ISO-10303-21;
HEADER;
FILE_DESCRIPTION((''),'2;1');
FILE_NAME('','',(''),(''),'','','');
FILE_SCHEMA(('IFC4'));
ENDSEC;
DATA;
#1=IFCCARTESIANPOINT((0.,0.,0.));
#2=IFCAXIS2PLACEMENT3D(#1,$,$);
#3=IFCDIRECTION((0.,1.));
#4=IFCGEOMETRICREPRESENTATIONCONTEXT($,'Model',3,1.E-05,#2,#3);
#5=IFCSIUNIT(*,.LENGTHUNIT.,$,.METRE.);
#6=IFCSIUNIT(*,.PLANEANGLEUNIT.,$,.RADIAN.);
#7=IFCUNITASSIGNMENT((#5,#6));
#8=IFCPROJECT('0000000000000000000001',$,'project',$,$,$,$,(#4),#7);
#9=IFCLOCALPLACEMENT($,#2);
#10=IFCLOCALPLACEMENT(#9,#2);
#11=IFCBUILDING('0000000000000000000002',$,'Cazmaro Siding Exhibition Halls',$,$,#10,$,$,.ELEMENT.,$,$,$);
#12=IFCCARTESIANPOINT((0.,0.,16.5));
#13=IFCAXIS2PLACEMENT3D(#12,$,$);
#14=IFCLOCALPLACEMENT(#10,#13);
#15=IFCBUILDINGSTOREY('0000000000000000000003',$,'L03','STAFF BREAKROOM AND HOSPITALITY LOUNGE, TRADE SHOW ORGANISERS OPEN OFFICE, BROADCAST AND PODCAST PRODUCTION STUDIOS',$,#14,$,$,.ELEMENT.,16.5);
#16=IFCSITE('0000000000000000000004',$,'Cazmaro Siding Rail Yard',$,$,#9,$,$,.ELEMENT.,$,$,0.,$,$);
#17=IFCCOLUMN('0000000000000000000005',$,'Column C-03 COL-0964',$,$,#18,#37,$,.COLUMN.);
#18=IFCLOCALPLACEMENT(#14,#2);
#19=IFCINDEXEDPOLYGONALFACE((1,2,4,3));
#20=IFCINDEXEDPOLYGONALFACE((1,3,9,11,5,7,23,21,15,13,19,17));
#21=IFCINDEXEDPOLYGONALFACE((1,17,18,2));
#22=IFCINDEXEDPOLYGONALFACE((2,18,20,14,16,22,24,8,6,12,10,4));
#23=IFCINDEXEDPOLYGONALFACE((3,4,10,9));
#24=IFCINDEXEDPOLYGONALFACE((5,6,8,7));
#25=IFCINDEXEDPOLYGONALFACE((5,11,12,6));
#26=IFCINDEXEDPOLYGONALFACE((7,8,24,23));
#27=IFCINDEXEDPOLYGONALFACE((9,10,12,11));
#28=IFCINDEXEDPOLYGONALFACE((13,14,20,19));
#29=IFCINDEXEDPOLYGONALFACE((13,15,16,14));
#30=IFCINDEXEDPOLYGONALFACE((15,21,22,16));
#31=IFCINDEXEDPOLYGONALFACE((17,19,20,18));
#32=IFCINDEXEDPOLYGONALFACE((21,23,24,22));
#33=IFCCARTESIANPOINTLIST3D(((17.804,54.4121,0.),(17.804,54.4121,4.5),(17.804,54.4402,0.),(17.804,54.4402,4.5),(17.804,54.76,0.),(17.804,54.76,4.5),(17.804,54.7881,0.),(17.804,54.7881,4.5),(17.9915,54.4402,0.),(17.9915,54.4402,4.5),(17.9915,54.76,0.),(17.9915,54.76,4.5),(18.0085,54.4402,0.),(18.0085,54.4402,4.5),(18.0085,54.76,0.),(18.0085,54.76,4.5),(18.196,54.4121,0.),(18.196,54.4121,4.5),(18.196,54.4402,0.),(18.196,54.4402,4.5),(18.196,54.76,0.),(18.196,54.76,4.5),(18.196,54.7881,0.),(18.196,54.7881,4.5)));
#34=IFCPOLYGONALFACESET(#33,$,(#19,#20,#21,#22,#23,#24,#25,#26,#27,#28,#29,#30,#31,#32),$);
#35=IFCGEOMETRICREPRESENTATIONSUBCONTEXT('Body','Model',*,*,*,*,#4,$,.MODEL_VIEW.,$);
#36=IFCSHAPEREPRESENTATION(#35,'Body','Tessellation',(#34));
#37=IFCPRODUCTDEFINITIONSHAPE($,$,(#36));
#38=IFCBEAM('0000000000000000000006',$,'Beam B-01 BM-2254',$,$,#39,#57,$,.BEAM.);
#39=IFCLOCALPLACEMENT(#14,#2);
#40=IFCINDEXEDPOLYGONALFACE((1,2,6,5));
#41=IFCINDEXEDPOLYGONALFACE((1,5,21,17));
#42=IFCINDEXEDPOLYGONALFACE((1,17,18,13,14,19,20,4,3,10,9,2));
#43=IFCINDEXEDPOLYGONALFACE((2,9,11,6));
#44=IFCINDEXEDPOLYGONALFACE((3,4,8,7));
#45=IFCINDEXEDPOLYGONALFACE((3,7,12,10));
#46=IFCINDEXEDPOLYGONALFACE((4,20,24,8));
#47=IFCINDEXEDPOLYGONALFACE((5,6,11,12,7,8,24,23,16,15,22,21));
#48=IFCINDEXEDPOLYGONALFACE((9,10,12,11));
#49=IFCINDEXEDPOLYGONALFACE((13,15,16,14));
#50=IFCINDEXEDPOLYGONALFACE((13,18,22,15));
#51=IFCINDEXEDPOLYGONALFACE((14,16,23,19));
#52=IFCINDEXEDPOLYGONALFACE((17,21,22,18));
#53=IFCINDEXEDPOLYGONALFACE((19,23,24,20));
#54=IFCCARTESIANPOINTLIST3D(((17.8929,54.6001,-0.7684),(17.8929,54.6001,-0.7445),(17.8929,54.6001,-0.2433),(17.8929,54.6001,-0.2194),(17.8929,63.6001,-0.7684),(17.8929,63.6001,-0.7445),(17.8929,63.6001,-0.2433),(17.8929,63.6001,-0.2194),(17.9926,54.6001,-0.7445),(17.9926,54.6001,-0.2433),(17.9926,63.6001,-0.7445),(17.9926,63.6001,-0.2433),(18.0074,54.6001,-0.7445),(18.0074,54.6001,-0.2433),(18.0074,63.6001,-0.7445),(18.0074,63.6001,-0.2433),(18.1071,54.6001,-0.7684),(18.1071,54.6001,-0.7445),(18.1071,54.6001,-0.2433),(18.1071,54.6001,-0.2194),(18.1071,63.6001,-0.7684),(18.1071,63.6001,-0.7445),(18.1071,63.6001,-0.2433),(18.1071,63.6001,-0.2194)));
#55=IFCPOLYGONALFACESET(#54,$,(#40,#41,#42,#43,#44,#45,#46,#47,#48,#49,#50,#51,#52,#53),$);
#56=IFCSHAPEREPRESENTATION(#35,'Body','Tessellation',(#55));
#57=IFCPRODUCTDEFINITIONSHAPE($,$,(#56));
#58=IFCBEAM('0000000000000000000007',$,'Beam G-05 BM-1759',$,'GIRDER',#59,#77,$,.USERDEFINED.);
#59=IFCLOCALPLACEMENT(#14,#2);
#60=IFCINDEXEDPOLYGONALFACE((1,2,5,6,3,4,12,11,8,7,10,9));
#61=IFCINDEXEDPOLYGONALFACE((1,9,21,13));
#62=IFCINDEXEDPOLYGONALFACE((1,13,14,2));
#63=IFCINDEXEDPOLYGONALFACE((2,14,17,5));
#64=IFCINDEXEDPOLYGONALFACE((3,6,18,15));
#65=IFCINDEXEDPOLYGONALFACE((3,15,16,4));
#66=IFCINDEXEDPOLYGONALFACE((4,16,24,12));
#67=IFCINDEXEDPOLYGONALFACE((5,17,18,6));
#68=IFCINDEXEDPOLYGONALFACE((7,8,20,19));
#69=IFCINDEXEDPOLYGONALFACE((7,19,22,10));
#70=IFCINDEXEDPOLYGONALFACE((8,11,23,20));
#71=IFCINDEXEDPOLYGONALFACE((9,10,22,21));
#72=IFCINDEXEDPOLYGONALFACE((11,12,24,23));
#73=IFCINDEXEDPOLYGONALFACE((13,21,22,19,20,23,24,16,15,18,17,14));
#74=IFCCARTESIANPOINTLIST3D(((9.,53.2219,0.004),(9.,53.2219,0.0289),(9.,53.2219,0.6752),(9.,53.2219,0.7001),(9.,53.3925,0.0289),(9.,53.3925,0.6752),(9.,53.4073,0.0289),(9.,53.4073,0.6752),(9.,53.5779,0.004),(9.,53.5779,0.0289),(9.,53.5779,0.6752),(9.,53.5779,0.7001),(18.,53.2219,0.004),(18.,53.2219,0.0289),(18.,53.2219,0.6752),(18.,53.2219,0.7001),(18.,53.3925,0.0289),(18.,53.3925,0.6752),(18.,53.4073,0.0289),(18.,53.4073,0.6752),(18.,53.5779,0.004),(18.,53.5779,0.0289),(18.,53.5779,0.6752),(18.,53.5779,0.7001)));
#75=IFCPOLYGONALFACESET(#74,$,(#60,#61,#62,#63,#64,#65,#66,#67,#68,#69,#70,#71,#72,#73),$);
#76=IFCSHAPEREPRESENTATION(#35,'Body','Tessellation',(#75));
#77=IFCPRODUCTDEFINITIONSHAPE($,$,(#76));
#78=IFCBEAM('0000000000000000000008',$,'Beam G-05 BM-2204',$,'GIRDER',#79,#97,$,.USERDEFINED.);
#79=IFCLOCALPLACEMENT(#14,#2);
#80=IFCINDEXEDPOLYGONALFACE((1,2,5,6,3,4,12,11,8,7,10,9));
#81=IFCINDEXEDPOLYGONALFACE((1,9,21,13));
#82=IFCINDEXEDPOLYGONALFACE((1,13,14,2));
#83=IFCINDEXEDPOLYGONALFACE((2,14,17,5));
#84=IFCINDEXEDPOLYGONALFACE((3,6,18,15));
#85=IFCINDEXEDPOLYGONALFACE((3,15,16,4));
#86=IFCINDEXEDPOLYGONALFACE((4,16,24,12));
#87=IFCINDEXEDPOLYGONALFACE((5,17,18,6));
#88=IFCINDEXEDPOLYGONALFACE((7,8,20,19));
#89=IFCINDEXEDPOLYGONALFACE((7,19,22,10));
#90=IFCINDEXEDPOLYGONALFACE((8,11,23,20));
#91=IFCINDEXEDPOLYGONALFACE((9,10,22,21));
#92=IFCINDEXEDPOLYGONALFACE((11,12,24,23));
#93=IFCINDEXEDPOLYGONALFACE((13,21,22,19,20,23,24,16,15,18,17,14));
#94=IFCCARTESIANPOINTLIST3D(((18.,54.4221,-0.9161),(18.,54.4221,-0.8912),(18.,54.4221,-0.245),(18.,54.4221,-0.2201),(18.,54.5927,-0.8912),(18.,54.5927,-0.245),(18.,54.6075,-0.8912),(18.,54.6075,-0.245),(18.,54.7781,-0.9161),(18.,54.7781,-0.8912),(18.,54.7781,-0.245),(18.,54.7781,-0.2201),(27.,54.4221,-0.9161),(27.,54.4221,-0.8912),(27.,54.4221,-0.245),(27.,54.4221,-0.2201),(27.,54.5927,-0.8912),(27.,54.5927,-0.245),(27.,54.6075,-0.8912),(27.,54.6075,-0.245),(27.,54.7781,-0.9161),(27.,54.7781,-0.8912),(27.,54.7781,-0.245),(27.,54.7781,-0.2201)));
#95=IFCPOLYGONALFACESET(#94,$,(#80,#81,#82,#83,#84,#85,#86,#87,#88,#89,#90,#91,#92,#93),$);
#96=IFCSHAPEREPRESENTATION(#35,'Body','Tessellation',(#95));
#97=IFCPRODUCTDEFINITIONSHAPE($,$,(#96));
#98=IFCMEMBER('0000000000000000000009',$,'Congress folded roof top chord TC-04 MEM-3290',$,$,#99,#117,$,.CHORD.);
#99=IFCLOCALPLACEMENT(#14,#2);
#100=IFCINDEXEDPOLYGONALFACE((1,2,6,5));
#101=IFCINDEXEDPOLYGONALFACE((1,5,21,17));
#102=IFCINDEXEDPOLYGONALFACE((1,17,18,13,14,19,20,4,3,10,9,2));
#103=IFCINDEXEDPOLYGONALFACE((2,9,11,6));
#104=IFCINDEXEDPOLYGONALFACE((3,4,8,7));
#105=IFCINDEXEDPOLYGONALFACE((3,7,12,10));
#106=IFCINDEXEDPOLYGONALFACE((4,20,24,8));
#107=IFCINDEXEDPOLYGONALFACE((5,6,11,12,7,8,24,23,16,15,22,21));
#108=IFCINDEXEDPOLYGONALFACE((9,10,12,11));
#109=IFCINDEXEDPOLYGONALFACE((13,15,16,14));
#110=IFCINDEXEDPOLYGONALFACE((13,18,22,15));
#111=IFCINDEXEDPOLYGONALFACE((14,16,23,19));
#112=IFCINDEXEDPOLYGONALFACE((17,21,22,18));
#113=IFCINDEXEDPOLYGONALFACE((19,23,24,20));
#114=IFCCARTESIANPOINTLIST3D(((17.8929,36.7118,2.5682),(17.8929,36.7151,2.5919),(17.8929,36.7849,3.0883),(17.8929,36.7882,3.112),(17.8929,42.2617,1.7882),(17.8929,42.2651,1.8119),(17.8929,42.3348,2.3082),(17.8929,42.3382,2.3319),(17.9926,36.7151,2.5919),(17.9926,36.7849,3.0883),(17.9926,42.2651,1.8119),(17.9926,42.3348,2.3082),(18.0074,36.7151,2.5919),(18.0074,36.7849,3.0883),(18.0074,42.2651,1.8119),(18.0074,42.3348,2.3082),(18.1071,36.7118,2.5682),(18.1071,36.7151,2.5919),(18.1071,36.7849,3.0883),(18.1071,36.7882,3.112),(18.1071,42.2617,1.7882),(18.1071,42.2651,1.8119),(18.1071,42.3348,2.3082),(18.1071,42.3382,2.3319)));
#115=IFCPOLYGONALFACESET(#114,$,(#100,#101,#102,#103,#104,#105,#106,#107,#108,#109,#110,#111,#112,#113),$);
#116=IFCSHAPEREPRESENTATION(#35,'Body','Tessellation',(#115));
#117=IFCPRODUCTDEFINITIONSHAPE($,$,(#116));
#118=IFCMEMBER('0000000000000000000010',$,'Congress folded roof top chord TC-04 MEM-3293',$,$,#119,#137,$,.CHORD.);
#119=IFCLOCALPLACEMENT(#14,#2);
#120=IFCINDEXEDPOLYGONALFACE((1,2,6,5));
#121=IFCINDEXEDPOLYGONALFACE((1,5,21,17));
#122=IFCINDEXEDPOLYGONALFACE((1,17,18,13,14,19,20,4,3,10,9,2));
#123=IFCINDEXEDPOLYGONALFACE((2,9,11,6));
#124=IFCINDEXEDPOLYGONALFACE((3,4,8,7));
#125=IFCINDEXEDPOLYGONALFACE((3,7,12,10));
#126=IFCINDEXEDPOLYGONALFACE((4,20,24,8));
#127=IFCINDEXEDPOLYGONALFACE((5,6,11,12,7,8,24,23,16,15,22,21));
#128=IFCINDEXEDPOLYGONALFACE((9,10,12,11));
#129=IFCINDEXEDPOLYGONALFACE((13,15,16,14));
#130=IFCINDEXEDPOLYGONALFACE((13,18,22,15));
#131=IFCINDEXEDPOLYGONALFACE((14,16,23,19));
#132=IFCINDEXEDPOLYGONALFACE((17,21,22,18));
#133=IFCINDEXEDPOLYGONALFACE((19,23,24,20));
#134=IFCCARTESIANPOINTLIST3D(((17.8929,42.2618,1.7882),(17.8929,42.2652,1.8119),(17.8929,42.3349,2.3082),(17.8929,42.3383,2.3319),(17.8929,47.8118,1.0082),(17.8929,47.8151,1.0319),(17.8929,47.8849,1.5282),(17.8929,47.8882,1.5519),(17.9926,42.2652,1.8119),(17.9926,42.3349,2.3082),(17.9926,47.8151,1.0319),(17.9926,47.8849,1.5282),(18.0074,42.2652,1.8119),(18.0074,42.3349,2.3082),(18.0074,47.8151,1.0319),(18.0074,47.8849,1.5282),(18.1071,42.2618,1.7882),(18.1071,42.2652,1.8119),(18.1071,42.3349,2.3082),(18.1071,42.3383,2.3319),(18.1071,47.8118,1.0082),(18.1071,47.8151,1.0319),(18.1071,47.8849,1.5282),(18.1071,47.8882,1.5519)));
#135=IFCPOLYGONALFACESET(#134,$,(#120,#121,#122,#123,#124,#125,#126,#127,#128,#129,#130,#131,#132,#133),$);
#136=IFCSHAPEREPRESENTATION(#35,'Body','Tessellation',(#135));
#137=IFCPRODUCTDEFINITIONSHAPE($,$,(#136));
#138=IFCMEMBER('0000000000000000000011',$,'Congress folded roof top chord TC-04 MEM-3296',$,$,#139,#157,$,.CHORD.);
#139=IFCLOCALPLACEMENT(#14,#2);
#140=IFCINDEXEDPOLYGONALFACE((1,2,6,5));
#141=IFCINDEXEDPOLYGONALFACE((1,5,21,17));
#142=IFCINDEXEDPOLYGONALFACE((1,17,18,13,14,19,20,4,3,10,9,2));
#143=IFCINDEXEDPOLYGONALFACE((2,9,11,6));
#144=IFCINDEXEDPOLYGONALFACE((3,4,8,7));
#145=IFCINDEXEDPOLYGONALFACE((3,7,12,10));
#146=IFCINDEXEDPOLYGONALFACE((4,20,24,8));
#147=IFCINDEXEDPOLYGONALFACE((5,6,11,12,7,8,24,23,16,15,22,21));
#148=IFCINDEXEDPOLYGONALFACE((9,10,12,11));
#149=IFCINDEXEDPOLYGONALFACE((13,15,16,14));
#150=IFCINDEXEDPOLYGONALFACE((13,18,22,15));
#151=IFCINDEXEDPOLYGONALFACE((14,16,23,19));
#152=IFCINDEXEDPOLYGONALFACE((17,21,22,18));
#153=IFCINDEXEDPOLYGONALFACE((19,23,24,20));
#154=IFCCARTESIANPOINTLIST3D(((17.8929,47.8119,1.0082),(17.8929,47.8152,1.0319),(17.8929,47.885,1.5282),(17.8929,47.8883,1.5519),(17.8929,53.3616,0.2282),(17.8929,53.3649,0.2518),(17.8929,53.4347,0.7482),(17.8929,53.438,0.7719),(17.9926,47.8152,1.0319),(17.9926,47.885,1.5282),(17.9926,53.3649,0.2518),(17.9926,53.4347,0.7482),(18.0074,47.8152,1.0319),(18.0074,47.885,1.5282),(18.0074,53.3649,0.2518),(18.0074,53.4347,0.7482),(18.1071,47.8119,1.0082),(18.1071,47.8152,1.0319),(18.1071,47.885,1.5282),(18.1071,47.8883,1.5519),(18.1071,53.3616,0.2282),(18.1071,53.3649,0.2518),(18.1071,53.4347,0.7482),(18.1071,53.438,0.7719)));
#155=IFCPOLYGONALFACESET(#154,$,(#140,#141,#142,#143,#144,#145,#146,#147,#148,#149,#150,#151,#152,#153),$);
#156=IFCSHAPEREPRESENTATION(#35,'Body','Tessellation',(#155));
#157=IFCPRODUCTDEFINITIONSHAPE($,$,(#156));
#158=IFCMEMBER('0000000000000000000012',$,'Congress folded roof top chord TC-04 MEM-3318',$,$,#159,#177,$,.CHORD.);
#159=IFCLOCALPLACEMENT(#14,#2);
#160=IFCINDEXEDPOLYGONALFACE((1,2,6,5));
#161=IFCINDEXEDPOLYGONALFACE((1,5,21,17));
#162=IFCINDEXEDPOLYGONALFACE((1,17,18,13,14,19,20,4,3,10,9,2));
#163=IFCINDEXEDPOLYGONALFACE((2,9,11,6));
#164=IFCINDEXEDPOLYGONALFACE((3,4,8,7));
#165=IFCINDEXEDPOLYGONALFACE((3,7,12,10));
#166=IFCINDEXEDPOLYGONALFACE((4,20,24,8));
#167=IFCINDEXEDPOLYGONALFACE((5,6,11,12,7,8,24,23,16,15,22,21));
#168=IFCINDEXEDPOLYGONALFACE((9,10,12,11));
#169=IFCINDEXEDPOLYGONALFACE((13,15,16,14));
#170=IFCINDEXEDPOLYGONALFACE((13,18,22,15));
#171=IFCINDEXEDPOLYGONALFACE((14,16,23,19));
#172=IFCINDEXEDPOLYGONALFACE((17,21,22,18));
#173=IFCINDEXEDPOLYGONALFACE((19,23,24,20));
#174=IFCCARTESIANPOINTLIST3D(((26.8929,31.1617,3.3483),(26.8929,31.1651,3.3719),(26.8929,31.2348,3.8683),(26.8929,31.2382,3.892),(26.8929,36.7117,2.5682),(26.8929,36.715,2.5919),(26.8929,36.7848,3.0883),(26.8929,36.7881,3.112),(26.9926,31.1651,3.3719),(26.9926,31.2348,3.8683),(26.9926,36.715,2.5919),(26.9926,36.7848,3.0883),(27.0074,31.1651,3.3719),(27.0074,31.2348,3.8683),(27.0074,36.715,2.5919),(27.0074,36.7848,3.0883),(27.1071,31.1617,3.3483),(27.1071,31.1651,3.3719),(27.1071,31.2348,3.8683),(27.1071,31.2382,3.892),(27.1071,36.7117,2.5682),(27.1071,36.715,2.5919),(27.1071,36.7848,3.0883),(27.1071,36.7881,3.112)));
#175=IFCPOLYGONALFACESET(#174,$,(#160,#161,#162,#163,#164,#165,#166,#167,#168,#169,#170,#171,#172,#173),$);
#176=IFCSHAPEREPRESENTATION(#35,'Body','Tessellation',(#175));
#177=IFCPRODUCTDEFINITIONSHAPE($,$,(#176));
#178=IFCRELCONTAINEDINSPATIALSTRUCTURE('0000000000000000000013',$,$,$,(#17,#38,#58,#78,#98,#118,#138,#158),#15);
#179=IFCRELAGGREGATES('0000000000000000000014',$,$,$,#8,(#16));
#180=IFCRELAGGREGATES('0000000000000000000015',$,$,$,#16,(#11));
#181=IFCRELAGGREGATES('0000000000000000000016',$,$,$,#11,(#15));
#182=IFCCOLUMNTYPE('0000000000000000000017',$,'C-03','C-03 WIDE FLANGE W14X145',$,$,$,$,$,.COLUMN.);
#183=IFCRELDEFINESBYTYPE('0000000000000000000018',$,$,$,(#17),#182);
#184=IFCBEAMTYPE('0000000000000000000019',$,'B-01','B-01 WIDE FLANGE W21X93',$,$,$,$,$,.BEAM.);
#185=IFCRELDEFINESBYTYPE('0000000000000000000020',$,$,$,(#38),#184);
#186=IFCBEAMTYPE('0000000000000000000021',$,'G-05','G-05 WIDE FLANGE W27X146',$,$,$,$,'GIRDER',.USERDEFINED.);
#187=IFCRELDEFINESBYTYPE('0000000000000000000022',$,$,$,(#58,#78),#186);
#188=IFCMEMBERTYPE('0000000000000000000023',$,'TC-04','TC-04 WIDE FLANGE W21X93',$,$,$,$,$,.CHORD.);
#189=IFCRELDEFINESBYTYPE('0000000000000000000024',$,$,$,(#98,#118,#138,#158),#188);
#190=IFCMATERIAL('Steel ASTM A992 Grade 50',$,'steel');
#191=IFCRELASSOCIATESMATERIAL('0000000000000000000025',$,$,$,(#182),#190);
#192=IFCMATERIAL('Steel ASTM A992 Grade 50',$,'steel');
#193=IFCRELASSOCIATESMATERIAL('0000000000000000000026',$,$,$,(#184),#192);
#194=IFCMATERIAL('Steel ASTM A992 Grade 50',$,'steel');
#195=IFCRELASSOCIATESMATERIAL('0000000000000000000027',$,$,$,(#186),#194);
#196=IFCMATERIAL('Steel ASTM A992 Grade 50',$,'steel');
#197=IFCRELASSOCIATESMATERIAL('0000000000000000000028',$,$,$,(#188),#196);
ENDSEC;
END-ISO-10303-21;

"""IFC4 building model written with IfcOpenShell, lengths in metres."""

from ifc_helpers import new_model, si_unit, direction, frame, origin, origin_2d, place, context, subcontext, project, spatial, i_section, extrude, material, material_profile, profile_set, type_object, element, save


model = new_model("IFC4")

# Units and contexts
model_context = context("Model", 3, precision=1e-05, world=origin(), true_north=direction((0.0, 1.0)))
body_context = subcontext(model_context, "Body", "Model", "MODEL_VIEW")
ifc_project = project(units=[si_unit("LENGTHUNIT", "METRE"), si_unit("PLANEANGLEUNIT", "RADIAN")], contexts=[model_context])

# Site, building, storey
site_placement = place(None, origin())
site = spatial("IfcSite", under=ifc_project, at=site_placement, Name="Cazmaro Siding Rail Yard", CompositionType="ELEMENT", RefElevation=0.0)
building_placement = place(site_placement, origin())
building = spatial("IfcBuilding", under=site, at=building_placement, Name="Cazmaro Siding Exhibition Halls", CompositionType="ELEMENT")
storey_placement = place(building_placement, frame((0.0, 0.0, 16.5)))
storey = spatial("IfcBuildingStorey", under=building, at=storey_placement, Name="L03", Description="STAFF BREAKROOM AND HOSPITALITY LOUNGE, TRADE SHOW ORGANISERS OPEN OFFICE, BROADCAST AND PODCAST PRODUCTION STUDIOS", CompositionType="ELEMENT", Elevation=16.5)

# Column
ifc_material_1 = material(Name="Steel ASTM A992 Grade 50", Category="steel")
ifc_material_profile_1 = material_profile(ifc_material_1, i_section(OverallWidth=0.3921, OverallDepth=0.376, WebThickness=0.0171, FlangeThickness=0.0281, at=origin_2d()), Name="W14X145")
ifc_profile_set_1 = profile_set([ifc_material_profile_1], Name="Steel ASTM A992 Grade 50")
column_type = type_object("IfcColumnType", Name="C-03", Description="C-03 WIDE FLANGE W14X145", PredefinedType="COLUMN", material=ifc_profile_set_1)
column_placement = place(storey_placement, frame((18.0, 54.6001, 0.0), z_axis=(0.0, 0.0, 1.0), x_axis=(1.0, 0.0, 0.0)))
element("IfcColumn", 1, at=column_placement, inside=storey, type_object=column_type, Name="Column C-03 COL-0964", PredefinedType="COLUMN", context=body_context, shape_type="SweptSolid", body=[
    extrude(i_section(OverallWidth=0.3921, OverallDepth=0.376, WebThickness=0.0171, FlangeThickness=0.0281, at=origin_2d()), origin(), (0.0, 0.0, 1.0), 4.5),
])

# Beams
ifc_material_2 = material(Name="Steel ASTM A992 Grade 50", Category="steel")
ifc_material_profile_2 = material_profile(ifc_material_2, i_section(OverallWidth=0.2141, OverallDepth=0.5491, WebThickness=0.0149, FlangeThickness=0.0239, at=origin_2d()), Name="W21X93")
ifc_profile_set_2 = profile_set([ifc_material_profile_2], Name="Steel ASTM A992 Grade 50")
beam_type_1 = type_object("IfcBeamType", Name="B-01", Description="B-01 WIDE FLANGE W21X93", PredefinedType="BEAM", material=ifc_profile_set_2)
beam_placement = place(storey_placement, frame((18.0, 54.6001, -0.4939), z_axis=(0.0, 1.0, 0.0), x_axis=(-1.0, 0.0, 0.0)))
element("IfcBeam", 2, at=beam_placement, inside=storey, type_object=beam_type_1, Name="Beam B-01 BM-2254", PredefinedType="BEAM", context=body_context, shape_type="SweptSolid", body=[
    extrude(i_section(OverallWidth=0.2141, OverallDepth=0.5491, WebThickness=0.0149, FlangeThickness=0.0239, at=origin_2d()), origin(), (0.0, 0.0, 1.0), 9.0),
])
ifc_material_3 = material(Name="Steel ASTM A992 Grade 50", Category="steel")
ifc_material_profile_3 = material_profile(ifc_material_3, i_section(OverallWidth=0.356, OverallDepth=0.696, WebThickness=0.0149, FlangeThickness=0.0249, at=origin_2d()), Name="W27X146")
ifc_profile_set_3 = profile_set([ifc_material_profile_3], Name="Steel ASTM A992 Grade 50")
beam_type_2 = type_object("IfcBeamType", Name="G-05", Description="G-05 WIDE FLANGE W27X146", ElementType="GIRDER", PredefinedType="USERDEFINED", material=ifc_profile_set_3)
for number, where, z_axis, x_axis, name in (
    (3, (18.0, 53.3999, 0.3521), (-1.0, 0.0, 0.0), (0.0, -1.0, 0.0), "Beam G-05 BM-1759"),
    (4, (18.0, 54.6001, -0.5681), (1.0, 0.0, 0.0), (0.0, 1.0, 0.0), "Beam G-05 BM-2204"),
):
    element("IfcBeam", number, at=place(storey_placement, frame(where, z_axis=z_axis, x_axis=x_axis)), inside=storey, type_object=beam_type_2, Name=name, ObjectType="GIRDER", PredefinedType="USERDEFINED", context=body_context, shape_type="SweptSolid", body=[
        extrude(i_section(OverallWidth=0.356, OverallDepth=0.696, WebThickness=0.0149, FlangeThickness=0.0249, at=origin_2d()), origin(), (0.0, 0.0, 1.0), 9.0),
    ])

# Members
ifc_material_4 = material(Name="Steel ASTM A992 Grade 50", Category="steel")
ifc_material_profile_4 = material_profile(ifc_material_4, i_section(OverallWidth=0.2141, OverallDepth=0.5491, WebThickness=0.0149, FlangeThickness=0.0239, at=origin_2d()), Name="W21X93")
ifc_profile_set_4 = profile_set([ifc_material_profile_4], Name="Steel ASTM A992 Grade 50")
member_type_1 = type_object("IfcMemberType", Name="TC-04", Description="TC-04 WIDE FLANGE W21X93", PredefinedType="CHORD", material=ifc_profile_set_4)
for number, where, z_axis, x_axis, name in (
    (5, (18.0, 36.75, 2.8401), (0.0, 0.990268, -0.139177), (-1.0, 0.0, 0.0), "Congress folded roof top chord TC-04 MEM-3290"),
    (6, (18.0, 42.3, 2.0601), (0.0, 0.990268, -0.139177), (-1.0, 0.0, 0.0), "Congress folded roof top chord TC-04 MEM-3293"),
):
    element("IfcMember", number, at=place(storey_placement, frame(where, z_axis=z_axis, x_axis=x_axis)), inside=storey, type_object=member_type_1, Name=name, PredefinedType="CHORD", context=body_context, shape_type="SweptSolid", body=[
        extrude(i_section(OverallWidth=0.2141, OverallDepth=0.5491, WebThickness=0.0149, FlangeThickness=0.0239, at=origin_2d()), origin(), (0.0, 0.0, 1.0), 5.6045),
    ])
member_1_placement = place(storey_placement, frame((18.0, 47.8501, 1.28), z_axis=(0.0, 0.990267, -0.139183), x_axis=(-1.0, 0.0, 0.0)))
element("IfcMember", 7, at=member_1_placement, inside=storey, type_object=member_type_1, Name="Congress folded roof top chord TC-04 MEM-3296", PredefinedType="CHORD", context=body_context, shape_type="SweptSolid", body=[
    extrude(i_section(OverallWidth=0.2141, OverallDepth=0.5491, WebThickness=0.0149, FlangeThickness=0.0239, at=origin_2d()), origin(), (0.0, 0.0, 1.0), 5.6042),
])
for number, where, z_axis, x_axis, name in (
    (8, (27.0, 31.2, 3.6201), (0.0, 0.990268, -0.139177), (-1.0, 0.0, 0.0), "Congress folded roof top chord TC-04 MEM-3318"),
):
    element("IfcMember", number, at=place(storey_placement, frame(where, z_axis=z_axis, x_axis=x_axis)), inside=storey, type_object=member_type_1, Name=name, PredefinedType="CHORD", context=body_context, shape_type="SweptSolid", body=[
        extrude(i_section(OverallWidth=0.2141, OverallDepth=0.5491, WebThickness=0.0149, FlangeThickness=0.0239, at=origin_2d()), origin(), (0.0, 0.0, 1.0), 5.6045),
    ])

save(model, "model.ifc")
